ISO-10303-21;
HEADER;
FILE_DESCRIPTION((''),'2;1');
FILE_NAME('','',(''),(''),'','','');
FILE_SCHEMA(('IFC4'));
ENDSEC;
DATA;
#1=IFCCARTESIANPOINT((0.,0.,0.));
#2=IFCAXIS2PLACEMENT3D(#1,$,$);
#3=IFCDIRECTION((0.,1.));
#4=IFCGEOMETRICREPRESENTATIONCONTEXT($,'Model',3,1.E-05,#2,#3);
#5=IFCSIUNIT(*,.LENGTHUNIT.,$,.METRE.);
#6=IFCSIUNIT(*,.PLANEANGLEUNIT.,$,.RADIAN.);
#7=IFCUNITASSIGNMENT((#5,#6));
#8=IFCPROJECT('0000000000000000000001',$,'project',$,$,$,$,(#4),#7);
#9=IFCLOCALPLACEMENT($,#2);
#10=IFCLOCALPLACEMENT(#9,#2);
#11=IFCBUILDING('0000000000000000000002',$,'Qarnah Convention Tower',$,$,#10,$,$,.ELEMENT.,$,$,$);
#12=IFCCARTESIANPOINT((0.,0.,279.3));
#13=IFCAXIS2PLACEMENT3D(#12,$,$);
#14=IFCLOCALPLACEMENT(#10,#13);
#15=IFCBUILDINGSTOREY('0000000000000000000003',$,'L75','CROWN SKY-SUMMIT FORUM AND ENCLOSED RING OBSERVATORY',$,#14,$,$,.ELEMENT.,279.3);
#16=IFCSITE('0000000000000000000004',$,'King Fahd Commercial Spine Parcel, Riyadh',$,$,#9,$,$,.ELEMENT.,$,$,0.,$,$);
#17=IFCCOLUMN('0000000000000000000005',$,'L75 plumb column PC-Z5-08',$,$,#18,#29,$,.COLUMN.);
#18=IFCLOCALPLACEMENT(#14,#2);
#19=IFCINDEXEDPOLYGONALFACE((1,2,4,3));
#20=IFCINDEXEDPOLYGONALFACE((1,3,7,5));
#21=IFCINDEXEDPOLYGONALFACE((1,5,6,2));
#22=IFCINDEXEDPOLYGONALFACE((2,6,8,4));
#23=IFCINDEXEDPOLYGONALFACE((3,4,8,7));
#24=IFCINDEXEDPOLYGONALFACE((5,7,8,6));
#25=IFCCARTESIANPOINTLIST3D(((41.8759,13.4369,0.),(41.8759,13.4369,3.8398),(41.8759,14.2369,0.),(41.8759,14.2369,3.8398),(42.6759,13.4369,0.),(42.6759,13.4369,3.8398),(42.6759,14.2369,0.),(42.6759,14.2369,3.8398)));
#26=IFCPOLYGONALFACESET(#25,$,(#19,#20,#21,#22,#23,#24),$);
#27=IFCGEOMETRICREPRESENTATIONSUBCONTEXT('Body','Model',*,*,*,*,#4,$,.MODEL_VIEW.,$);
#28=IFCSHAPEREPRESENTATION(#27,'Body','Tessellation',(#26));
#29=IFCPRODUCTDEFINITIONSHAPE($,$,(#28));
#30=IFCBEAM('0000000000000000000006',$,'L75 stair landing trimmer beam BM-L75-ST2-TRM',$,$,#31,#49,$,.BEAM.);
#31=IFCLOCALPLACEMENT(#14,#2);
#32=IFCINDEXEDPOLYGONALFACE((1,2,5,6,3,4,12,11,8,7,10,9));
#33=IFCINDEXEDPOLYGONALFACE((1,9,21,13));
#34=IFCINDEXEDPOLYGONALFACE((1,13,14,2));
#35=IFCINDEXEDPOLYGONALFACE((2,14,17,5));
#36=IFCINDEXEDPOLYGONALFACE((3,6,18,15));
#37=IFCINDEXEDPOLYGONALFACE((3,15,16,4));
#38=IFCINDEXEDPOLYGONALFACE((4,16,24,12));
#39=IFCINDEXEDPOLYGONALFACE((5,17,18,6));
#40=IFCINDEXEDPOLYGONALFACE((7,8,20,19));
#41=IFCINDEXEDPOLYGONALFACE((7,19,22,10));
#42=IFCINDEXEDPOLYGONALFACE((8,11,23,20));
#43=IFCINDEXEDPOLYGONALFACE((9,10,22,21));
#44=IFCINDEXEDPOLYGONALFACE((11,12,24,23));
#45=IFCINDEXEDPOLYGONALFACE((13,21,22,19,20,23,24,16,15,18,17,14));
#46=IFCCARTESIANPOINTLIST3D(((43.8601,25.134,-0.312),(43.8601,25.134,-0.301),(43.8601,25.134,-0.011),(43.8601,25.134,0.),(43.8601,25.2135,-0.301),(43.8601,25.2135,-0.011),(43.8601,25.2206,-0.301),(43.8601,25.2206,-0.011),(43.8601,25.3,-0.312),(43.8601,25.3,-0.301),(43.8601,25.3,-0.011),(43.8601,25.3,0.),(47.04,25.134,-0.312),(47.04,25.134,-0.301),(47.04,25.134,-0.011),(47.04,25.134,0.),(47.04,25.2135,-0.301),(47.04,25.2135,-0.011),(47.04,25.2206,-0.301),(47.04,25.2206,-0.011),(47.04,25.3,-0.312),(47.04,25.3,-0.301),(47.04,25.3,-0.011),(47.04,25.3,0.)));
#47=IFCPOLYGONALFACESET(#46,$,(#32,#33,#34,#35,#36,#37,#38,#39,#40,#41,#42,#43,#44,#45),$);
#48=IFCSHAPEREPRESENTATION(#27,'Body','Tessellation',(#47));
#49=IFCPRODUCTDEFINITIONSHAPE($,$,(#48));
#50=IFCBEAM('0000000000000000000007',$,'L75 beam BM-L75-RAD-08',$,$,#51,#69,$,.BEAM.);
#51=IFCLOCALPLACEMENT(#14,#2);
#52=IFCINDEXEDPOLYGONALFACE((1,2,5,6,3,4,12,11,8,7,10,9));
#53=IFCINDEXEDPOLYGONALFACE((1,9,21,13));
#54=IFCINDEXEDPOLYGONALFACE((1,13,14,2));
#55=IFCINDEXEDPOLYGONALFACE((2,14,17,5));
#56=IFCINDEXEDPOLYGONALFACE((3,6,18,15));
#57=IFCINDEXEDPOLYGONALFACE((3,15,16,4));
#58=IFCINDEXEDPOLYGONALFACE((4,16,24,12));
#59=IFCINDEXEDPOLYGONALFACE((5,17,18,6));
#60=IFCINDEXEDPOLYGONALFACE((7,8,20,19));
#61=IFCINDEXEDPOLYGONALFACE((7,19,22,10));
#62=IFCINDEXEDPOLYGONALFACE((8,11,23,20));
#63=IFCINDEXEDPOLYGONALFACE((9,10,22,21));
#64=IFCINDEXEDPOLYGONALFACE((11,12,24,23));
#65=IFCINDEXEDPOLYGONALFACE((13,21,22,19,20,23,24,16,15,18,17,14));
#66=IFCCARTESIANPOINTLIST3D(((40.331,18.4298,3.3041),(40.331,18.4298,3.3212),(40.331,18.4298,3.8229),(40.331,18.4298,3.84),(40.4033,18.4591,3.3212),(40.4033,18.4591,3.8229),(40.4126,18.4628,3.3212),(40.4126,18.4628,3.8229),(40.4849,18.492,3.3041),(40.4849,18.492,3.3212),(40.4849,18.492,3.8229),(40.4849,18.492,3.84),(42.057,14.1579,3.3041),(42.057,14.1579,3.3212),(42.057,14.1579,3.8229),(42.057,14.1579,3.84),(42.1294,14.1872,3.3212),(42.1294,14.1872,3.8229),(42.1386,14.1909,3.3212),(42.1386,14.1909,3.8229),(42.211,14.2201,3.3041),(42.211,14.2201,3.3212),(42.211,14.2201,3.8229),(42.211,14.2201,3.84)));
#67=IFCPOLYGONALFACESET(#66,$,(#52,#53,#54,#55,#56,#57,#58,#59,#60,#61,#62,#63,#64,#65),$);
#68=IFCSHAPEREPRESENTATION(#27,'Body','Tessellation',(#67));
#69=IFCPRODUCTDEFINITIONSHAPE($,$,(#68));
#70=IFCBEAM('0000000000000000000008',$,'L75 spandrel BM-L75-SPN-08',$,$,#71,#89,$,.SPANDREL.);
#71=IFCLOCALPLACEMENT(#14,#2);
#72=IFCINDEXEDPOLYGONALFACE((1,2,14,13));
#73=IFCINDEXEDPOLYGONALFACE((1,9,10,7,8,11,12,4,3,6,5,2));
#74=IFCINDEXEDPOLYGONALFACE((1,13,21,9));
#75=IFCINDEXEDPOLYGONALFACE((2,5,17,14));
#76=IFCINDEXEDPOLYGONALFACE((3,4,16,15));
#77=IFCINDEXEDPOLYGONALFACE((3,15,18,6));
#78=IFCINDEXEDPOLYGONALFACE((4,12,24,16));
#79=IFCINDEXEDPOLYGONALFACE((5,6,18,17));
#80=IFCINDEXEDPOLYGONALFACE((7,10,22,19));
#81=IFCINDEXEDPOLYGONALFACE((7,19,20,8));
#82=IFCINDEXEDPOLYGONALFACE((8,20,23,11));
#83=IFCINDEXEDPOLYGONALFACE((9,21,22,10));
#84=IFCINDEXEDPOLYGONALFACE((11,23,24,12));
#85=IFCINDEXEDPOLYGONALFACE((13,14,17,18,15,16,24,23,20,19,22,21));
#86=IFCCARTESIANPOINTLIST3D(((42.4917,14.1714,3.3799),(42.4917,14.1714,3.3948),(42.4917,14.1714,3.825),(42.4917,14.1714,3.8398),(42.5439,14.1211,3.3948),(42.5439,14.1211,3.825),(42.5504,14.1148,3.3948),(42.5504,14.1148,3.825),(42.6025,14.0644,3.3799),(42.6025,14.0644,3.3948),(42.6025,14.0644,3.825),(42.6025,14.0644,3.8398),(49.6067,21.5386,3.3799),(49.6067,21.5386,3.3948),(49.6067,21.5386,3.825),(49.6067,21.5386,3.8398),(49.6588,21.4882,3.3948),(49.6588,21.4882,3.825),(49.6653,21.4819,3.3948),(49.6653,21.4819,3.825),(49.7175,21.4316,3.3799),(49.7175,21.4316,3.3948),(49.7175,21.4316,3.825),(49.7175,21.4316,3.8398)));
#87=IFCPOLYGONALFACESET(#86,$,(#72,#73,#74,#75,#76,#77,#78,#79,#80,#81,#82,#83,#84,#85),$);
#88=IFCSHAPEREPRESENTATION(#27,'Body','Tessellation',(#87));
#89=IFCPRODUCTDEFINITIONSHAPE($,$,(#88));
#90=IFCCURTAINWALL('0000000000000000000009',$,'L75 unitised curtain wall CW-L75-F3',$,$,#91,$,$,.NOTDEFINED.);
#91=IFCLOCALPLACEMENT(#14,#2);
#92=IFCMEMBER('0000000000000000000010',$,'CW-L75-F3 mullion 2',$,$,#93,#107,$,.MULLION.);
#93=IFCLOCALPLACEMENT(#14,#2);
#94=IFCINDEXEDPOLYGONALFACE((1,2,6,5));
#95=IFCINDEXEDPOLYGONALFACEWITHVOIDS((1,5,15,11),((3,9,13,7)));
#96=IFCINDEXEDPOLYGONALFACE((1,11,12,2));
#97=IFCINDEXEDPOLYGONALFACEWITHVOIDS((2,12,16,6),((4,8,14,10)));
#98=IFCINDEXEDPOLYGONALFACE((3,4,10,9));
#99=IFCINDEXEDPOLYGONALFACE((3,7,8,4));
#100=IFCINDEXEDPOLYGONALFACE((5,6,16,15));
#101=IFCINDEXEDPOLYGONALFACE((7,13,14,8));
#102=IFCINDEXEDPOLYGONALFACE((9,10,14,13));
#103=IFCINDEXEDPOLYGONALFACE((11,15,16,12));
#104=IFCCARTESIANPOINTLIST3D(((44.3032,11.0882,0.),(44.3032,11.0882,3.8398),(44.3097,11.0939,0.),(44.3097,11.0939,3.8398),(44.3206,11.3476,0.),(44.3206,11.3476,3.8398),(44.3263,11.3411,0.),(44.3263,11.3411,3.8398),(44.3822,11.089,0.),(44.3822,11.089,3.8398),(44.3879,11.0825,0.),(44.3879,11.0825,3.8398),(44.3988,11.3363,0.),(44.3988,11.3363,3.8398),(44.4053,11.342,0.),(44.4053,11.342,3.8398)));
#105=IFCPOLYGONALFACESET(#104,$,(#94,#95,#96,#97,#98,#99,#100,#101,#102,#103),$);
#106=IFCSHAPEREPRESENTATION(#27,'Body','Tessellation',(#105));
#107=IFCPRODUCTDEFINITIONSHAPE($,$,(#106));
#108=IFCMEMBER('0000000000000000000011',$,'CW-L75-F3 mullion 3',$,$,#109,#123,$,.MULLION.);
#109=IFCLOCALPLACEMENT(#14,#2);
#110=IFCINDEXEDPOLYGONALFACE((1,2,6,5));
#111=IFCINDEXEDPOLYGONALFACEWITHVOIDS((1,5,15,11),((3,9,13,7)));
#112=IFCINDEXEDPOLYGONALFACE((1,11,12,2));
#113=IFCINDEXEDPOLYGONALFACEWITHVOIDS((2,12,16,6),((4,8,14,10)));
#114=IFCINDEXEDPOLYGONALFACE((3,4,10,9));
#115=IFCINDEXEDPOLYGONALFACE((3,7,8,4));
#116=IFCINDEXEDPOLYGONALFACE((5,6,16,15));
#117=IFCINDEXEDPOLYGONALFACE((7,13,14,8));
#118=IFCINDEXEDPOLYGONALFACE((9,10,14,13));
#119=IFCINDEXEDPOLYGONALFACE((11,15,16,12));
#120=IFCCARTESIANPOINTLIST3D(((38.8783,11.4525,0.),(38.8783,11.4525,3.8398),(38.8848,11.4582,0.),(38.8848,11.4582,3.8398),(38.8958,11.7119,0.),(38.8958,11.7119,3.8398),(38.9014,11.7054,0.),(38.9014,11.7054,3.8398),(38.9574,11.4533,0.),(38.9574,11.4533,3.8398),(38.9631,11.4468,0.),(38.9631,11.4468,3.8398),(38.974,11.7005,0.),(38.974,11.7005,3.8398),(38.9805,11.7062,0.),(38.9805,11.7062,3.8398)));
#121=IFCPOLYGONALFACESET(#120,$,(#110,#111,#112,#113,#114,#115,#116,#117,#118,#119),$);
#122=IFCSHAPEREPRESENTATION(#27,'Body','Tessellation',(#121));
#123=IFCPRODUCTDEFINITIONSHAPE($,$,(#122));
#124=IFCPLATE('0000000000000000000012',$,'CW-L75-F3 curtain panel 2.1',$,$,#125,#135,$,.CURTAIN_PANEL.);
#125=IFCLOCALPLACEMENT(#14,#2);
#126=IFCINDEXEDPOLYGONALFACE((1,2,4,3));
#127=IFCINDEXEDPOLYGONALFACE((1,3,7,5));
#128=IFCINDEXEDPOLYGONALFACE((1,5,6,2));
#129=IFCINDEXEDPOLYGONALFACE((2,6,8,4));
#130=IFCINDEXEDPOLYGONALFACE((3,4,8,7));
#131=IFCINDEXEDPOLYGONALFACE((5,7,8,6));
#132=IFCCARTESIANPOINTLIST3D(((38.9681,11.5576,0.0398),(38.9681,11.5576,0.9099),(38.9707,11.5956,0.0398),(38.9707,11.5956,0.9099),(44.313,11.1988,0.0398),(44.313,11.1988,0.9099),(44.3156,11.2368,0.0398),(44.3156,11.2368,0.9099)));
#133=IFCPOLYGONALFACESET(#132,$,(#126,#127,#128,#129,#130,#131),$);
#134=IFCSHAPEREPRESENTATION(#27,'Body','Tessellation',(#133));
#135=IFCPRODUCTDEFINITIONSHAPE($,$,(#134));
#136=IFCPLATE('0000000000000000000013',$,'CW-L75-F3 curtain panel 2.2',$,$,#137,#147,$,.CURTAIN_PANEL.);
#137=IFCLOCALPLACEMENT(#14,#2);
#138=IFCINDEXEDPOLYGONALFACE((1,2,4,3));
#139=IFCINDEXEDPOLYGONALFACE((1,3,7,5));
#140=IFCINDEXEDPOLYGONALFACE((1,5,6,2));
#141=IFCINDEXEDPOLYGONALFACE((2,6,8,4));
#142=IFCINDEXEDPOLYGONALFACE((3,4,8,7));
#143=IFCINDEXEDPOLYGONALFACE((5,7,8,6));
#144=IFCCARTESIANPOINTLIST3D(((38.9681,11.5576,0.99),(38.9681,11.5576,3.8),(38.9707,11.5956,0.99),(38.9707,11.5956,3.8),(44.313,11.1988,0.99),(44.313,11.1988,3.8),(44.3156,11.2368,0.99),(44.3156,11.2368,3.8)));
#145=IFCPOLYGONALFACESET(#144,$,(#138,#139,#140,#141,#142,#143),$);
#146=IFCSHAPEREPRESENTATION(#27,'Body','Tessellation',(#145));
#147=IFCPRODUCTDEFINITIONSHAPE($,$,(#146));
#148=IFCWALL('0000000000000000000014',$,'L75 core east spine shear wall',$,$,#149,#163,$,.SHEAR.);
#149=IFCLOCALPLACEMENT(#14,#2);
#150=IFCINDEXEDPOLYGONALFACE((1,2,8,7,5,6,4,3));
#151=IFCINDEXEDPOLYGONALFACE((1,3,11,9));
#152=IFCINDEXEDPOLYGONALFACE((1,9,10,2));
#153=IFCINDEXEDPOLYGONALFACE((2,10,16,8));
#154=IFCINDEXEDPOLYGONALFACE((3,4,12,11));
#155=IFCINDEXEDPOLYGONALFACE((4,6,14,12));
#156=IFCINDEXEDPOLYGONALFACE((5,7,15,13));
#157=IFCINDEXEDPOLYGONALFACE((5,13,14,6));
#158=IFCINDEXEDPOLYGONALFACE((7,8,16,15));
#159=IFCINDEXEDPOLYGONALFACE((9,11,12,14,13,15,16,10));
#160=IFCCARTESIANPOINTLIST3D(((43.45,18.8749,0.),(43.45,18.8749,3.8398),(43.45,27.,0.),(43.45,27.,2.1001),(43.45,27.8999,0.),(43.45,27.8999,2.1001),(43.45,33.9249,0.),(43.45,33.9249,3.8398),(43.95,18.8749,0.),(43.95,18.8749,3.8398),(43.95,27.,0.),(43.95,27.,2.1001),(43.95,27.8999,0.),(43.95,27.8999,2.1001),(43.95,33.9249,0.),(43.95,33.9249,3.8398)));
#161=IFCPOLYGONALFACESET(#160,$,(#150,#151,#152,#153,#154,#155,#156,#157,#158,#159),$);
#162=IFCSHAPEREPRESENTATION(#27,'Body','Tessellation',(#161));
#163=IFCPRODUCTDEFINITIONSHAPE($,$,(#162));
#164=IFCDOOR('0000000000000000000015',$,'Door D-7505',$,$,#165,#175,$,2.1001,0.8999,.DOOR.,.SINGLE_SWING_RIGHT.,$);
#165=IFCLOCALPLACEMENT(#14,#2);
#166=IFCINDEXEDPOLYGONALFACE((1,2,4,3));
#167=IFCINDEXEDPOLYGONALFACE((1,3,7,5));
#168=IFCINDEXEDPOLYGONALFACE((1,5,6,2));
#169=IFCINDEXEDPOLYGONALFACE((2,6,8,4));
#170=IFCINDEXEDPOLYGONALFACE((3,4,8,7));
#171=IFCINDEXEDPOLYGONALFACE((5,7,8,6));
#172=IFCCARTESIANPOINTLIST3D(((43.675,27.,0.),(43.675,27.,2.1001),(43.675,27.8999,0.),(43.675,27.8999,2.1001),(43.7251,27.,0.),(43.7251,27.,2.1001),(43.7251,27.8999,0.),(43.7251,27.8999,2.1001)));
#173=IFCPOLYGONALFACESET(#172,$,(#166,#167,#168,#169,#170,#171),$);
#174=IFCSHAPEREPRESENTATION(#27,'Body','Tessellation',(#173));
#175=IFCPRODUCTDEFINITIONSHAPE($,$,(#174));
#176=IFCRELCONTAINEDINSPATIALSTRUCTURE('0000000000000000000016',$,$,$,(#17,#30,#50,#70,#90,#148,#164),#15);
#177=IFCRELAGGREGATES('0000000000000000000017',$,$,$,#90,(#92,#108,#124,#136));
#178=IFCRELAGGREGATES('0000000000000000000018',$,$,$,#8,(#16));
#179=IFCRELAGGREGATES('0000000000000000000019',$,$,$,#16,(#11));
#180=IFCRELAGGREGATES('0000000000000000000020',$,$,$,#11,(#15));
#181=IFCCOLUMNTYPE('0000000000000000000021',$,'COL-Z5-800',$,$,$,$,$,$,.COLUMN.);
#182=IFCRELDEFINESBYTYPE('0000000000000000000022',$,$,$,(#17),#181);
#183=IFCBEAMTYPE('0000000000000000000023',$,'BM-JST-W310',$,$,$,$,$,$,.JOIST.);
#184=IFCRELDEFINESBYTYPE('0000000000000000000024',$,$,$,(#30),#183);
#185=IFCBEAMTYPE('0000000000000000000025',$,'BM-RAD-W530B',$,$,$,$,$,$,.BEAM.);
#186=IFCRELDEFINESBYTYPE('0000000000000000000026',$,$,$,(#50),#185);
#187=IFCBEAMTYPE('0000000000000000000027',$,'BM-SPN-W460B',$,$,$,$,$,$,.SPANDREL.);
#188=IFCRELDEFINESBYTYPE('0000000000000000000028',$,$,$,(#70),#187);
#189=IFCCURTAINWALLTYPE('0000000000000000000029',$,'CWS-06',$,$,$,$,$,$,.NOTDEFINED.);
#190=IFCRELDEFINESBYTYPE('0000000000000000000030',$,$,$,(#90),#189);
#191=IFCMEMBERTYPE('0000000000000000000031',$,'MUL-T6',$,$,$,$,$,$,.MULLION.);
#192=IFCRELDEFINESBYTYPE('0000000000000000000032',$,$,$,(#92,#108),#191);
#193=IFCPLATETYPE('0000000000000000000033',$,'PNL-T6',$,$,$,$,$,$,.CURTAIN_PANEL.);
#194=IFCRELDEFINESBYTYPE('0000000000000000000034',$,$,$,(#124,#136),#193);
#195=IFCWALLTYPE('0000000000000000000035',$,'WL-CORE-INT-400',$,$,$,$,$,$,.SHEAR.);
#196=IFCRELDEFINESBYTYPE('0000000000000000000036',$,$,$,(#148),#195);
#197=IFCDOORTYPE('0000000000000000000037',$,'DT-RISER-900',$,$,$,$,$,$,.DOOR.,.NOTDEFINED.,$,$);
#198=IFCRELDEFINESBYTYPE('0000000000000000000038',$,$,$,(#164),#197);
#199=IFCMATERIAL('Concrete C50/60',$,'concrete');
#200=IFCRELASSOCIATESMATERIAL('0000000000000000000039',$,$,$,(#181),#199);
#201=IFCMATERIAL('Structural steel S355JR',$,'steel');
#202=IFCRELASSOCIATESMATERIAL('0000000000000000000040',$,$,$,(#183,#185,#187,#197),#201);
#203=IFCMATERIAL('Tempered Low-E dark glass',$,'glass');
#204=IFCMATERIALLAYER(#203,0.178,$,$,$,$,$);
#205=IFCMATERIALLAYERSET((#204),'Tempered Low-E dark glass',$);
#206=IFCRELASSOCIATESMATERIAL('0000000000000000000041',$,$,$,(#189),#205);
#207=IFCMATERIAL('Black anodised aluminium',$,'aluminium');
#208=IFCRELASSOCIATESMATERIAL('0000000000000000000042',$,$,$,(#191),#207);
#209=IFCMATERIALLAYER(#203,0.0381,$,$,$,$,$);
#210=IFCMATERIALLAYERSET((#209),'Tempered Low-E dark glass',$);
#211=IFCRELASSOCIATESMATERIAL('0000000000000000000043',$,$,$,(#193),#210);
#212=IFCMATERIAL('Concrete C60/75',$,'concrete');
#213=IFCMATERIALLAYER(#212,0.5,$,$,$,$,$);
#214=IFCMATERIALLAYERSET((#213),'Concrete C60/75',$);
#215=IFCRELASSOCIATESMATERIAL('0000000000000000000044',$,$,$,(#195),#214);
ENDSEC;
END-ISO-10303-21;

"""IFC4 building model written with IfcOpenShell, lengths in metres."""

from ifc_helpers import new_model, si_unit, direction, frame, frame_2d, origin, origin_2d, place, context, subcontext, project, spatial, rectangle, hollow_rectangle, i_section, extrude, material, layer, layer_set, material_profile, profile_set, type_object, element, fill, aggregate, save


model = new_model("IFC4")

# Units and contexts
model_context = context("Model", 3, precision=1e-05, world=origin(), true_north=direction((0.0, 1.0)))
body_context = subcontext(model_context, "Body", "Model", "MODEL_VIEW")
ifc_project = project(units=[si_unit("LENGTHUNIT", "METRE"), si_unit("PLANEANGLEUNIT", "RADIAN")], contexts=[model_context])

# Site, building, storey
site_placement = place(None, origin())
site = spatial("IfcSite", under=ifc_project, at=site_placement, Name="King Fahd Commercial Spine Parcel, Riyadh", CompositionType="ELEMENT", RefElevation=0.0)
building_placement = place(site_placement, origin())
building = spatial("IfcBuilding", under=site, at=building_placement, Name="Qarnah Convention Tower", CompositionType="ELEMENT")
storey_placement = place(building_placement, frame((0.0, 0.0, 279.3)))
storey = spatial("IfcBuildingStorey", under=building, at=storey_placement, Name="L75", Description="CROWN SKY-SUMMIT FORUM AND ENCLOSED RING OBSERVATORY", CompositionType="ELEMENT", Elevation=279.3)

# Column
ifc_material_1 = material(Name="Concrete C50/60", Category="concrete")
ifc_material_profile_1 = material_profile(ifc_material_1, rectangle(XDim=0.8, YDim=0.8, at=origin_2d()), Name="RC-COL-800X800")
ifc_profile_set_1 = profile_set([ifc_material_profile_1], Name="Concrete C50/60")
column_type = type_object("IfcColumnType", Name="COL-Z5-800", PredefinedType="COLUMN", material=ifc_profile_set_1)
column_placement = place(storey_placement, frame((42.2759, 13.8369, 0.0), z_axis=(0.0, 0.0, 1.0), x_axis=(1.0, 0.0, 0.0)))
element("IfcColumn", 1, at=column_placement, inside=storey, type_object=column_type, Name="L75 plumb column PC-Z5-08", PredefinedType="COLUMN", context=body_context, shape_type="SweptSolid", body=[
    extrude(rectangle(XDim=0.8, YDim=0.8, at=origin_2d()), origin(), (0.0, 0.0, 1.0), 3.8398),
])

# Beams
ifc_material_2 = material(Name="Structural steel S355JR", Category="steel")
ifc_material_profile_2 = material_profile(ifc_material_2, i_section(OverallWidth=0.166, OverallDepth=0.312, WebThickness=0.0071, FlangeThickness=0.011, at=origin_2d()), Name="W310X45")
ifc_profile_set_2 = profile_set([ifc_material_profile_2], Name="Structural steel S355JR")
beam_type_1 = type_object("IfcBeamType", Name="BM-JST-W310", PredefinedType="JOIST", material=ifc_profile_set_2)
beam_1_placement = place(storey_placement, frame((43.8601, 25.217, -0.156), z_axis=(1.0, 0.0, 0.0), x_axis=(0.0, 1.0, 0.0)))
element("IfcBeam", 2, at=beam_1_placement, inside=storey, type_object=beam_type_1, Name="L75 stair landing trimmer beam BM-L75-ST2-TRM", PredefinedType="BEAM", context=body_context, shape_type="SweptSolid", body=[
    extrude(i_section(OverallWidth=0.166, OverallDepth=0.312, WebThickness=0.0071, FlangeThickness=0.011, at=origin_2d()), origin(), (0.0, 0.0, 1.0), 3.1799),
])
ifc_material_profile_3 = material_profile(ifc_material_2, i_section(OverallWidth=0.166, OverallDepth=0.5359, WebThickness=0.01, FlangeThickness=0.0171, at=origin_2d()), Name="W530X85")
ifc_profile_set_3 = profile_set([ifc_material_profile_3], Name="Structural steel S355JR")
beam_type_2 = type_object("IfcBeamType", Name="BM-RAD-W530B", PredefinedType="BEAM", material=ifc_profile_set_3)
beam_2_placement = place(storey_placement, frame((40.408, 18.4609, 3.572), z_axis=(0.374622, -0.927177, 0.0), x_axis=(0.927177, 0.374622, 0.0)))
element("IfcBeam", 3, at=beam_2_placement, inside=storey, type_object=beam_type_2, Name="L75 beam BM-L75-RAD-08", PredefinedType="BEAM", context=body_context, shape_type="SweptSolid", body=[
    extrude(i_section(OverallWidth=0.166, OverallDepth=0.5359, WebThickness=0.01, FlangeThickness=0.0171, at=origin_2d()), origin(), (0.0, 0.0, 1.0), 4.6074),
])
ifc_material_profile_4 = material_profile(ifc_material_2, i_section(OverallWidth=0.1541, OverallDepth=0.46, WebThickness=0.009, FlangeThickness=0.0149, at=origin_2d()), Name="W460X68")
ifc_profile_set_4 = profile_set([ifc_material_profile_4], Name="Structural steel S355JR")
beam_type_3 = type_object("IfcBeamType", Name="BM-SPN-W460B", PredefinedType="SPANDREL", material=ifc_profile_set_4)
beam_3_placement = place(storey_placement, frame((42.5471, 14.1179, 3.6099), z_axis=(0.694688, 0.719312, 0.0), x_axis=(-0.719312, 0.694688, 0.0)))
element("IfcBeam", 4, at=beam_3_placement, inside=storey, type_object=beam_type_3, Name="L75 spandrel BM-L75-SPN-08", PredefinedType="SPANDREL", context=body_context, shape_type="SweptSolid", body=[
    extrude(i_section(OverallWidth=0.1541, OverallDepth=0.46, WebThickness=0.009, FlangeThickness=0.0149, at=origin_2d()), origin(), (0.0, 0.0, 1.0), 10.2419),
])

# Curtain wall, members, plates
ifc_material_3 = material(Name="Tempered Low-E dark glass", Category="glass")
ifc_layer_1 = layer(ifc_material_3, 0.178)
ifc_layer_set_1 = layer_set([ifc_layer_1], Name="Tempered Low-E dark glass")
curtain_wall_type = type_object("IfcCurtainWallType", Name="CWS-06", PredefinedType="NOTDEFINED", material=ifc_layer_set_1)
curtain_wall_placement = place(storey_placement, origin())
curtain_wall = element("IfcCurtainWall", 5, at=curtain_wall_placement, inside=storey, type_object=curtain_wall_type, Name="L75 unitised curtain wall CW-L75-F3", PredefinedType="NOTDEFINED")
ifc_material_4 = material(Name="Black anodised aluminium", Category="aluminium")
ifc_material_profile_5 = material_profile(ifc_material_4, hollow_rectangle(XDim=0.085, YDim=0.26, WallThickness=0.0061, at=origin_2d()), Name="MUL-85X260")
ifc_profile_set_5 = profile_set([ifc_material_profile_5], Name="Black anodised aluminium")
member_type = type_object("IfcMemberType", Name="MUL-T6", PredefinedType="MULLION", material=ifc_profile_set_5)
member_1_placement = place(storey_placement, frame((44.3542, 11.2151, 0.0), z_axis=(0.0, 0.0, 1.0), x_axis=(-0.997754, 0.066985, 0.0)))
member_1 = element("IfcMember", 6, at=member_1_placement, type_object=member_type, Name="CW-L75-F3 mullion 2", PredefinedType="MULLION", context=body_context, shape_type="SweptSolid", body=[
    extrude(hollow_rectangle(XDim=0.085, YDim=0.26, WallThickness=0.0061, at=origin_2d()), origin(), (0.0, 0.0, 1.0), 3.8398),
])
member_2_placement = place(storey_placement, frame((38.9294, 11.5793, 0.0), z_axis=(0.0, 0.0, 1.0), x_axis=(-0.997754, 0.066985, 0.0)))
member_2 = element("IfcMember", 7, at=member_2_placement, type_object=member_type, Name="CW-L75-F3 mullion 3", PredefinedType="MULLION", context=body_context, shape_type="SweptSolid", body=[
    extrude(hollow_rectangle(XDim=0.085, YDim=0.26, WallThickness=0.0061, at=origin_2d()), origin(), (0.0, 0.0, 1.0), 3.8398),
])
ifc_layer_2 = layer(ifc_material_3, 0.0381)
ifc_layer_set_2 = layer_set([ifc_layer_2], Name="Tempered Low-E dark glass")
plate_type = type_object("IfcPlateType", Name="PNL-T6", PredefinedType="CURTAIN_PANEL", material=ifc_layer_set_2)
plate_1_placement = place(storey_placement, frame((41.6418, 11.3972, 0.0398), z_axis=(0.0, 0.0, 1.0), x_axis=(-0.997754, 0.066985, 0.0)))
plate_1 = element("IfcPlate", 8, at=plate_1_placement, type_object=plate_type, Name="CW-L75-F3 curtain panel 2.1", PredefinedType="CURTAIN_PANEL", context=body_context, shape_type="SweptSolid", body=[
    extrude(rectangle(XDim=5.3569, YDim=0.0381, at=origin_2d()), origin(), (0.0, 0.0, 1.0), 0.8701),
])
plate_2_placement = place(storey_placement, frame((41.6418, 11.3972, 0.99), z_axis=(0.0, 0.0, 1.0), x_axis=(-0.997754, 0.066985, 0.0)))
plate_2 = element("IfcPlate", 9, at=plate_2_placement, type_object=plate_type, Name="CW-L75-F3 curtain panel 2.2", PredefinedType="CURTAIN_PANEL", context=body_context, shape_type="SweptSolid", body=[
    extrude(rectangle(XDim=5.3569, YDim=0.0381, at=origin_2d()), origin(), (0.0, 0.0, 1.0), 2.8101),
])
aggregate(curtain_wall, [member_1, member_2, plate_1, plate_2])

# Wall, opening, door
ifc_material_5 = material(Name="Concrete C60/75", Category="concrete")
ifc_layer_3 = layer(ifc_material_5, 0.5)
ifc_layer_set_3 = layer_set([ifc_layer_3], Name="Concrete C60/75")
wall_type_1 = type_object("IfcWallType", Name="WL-CORE-INT-400", PredefinedType="SHEAR", material=ifc_layer_set_3)
wall_1_placement = place(storey_placement, frame((43.7, 18.875, 0.0), z_axis=(0.0, 0.0, 1.0), x_axis=(0.0, 1.0, 0.0)))
wall_1 = element("IfcWall", 10, at=wall_1_placement, inside=storey, type_object=wall_type_1, Name="L75 core east spine shear wall", PredefinedType="SHEAR", context=body_context, shape_type="SweptSolid", body=[
    extrude(rectangle(XDim=15.05, YDim=0.5, at=frame_2d((7.5249, 0.0))), origin(), (0.0, 0.0, 1.0), 3.8398),
])
opening_1_placement = place(wall_1_placement, frame((8.125, 0.0, 0.0)))
opening_1 = element("IfcOpeningElement", 11, at=opening_1_placement, cuts=wall_1, PredefinedType="OPENING", context=body_context, shape_type="SweptSolid", body=[
    extrude(rectangle(XDim=0.8999, YDim=2.1001, at=frame_2d((0.45, 1.05))), frame((0.0, 0.26, 0.0), z_axis=(0.0, -1.0, 0.0), x_axis=(1.0, 0.0, 0.0)), (0.0, 0.0, 1.0), 0.52),
])
door_type_1 = type_object("IfcDoorType", Name="DT-RISER-900", OperationType="NOTDEFINED", PredefinedType="DOOR", material=ifc_material_2)
door_1_placement = place(opening_1_placement, origin())
door_1 = element("IfcDoor", 12, at=door_1_placement, inside=storey, type_object=door_type_1, Name="Door D-7505", OperationType="SINGLE_SWING_RIGHT", OverallHeight=2.1001, OverallWidth=0.8999, PredefinedType="DOOR", context=body_context, shape_type="SweptSolid", body=[
    extrude(rectangle(XDim=0.8999, YDim=2.1001, at=frame_2d((0.45, 1.05))), frame((0.0, 0.0249, 0.0), z_axis=(0.0, -1.0, 0.0), x_axis=(1.0, 0.0, 0.0)), (0.0, 0.0, 1.0), 0.05),
])
fill(opening_1, door_1)

save(model, "model.ifc")
